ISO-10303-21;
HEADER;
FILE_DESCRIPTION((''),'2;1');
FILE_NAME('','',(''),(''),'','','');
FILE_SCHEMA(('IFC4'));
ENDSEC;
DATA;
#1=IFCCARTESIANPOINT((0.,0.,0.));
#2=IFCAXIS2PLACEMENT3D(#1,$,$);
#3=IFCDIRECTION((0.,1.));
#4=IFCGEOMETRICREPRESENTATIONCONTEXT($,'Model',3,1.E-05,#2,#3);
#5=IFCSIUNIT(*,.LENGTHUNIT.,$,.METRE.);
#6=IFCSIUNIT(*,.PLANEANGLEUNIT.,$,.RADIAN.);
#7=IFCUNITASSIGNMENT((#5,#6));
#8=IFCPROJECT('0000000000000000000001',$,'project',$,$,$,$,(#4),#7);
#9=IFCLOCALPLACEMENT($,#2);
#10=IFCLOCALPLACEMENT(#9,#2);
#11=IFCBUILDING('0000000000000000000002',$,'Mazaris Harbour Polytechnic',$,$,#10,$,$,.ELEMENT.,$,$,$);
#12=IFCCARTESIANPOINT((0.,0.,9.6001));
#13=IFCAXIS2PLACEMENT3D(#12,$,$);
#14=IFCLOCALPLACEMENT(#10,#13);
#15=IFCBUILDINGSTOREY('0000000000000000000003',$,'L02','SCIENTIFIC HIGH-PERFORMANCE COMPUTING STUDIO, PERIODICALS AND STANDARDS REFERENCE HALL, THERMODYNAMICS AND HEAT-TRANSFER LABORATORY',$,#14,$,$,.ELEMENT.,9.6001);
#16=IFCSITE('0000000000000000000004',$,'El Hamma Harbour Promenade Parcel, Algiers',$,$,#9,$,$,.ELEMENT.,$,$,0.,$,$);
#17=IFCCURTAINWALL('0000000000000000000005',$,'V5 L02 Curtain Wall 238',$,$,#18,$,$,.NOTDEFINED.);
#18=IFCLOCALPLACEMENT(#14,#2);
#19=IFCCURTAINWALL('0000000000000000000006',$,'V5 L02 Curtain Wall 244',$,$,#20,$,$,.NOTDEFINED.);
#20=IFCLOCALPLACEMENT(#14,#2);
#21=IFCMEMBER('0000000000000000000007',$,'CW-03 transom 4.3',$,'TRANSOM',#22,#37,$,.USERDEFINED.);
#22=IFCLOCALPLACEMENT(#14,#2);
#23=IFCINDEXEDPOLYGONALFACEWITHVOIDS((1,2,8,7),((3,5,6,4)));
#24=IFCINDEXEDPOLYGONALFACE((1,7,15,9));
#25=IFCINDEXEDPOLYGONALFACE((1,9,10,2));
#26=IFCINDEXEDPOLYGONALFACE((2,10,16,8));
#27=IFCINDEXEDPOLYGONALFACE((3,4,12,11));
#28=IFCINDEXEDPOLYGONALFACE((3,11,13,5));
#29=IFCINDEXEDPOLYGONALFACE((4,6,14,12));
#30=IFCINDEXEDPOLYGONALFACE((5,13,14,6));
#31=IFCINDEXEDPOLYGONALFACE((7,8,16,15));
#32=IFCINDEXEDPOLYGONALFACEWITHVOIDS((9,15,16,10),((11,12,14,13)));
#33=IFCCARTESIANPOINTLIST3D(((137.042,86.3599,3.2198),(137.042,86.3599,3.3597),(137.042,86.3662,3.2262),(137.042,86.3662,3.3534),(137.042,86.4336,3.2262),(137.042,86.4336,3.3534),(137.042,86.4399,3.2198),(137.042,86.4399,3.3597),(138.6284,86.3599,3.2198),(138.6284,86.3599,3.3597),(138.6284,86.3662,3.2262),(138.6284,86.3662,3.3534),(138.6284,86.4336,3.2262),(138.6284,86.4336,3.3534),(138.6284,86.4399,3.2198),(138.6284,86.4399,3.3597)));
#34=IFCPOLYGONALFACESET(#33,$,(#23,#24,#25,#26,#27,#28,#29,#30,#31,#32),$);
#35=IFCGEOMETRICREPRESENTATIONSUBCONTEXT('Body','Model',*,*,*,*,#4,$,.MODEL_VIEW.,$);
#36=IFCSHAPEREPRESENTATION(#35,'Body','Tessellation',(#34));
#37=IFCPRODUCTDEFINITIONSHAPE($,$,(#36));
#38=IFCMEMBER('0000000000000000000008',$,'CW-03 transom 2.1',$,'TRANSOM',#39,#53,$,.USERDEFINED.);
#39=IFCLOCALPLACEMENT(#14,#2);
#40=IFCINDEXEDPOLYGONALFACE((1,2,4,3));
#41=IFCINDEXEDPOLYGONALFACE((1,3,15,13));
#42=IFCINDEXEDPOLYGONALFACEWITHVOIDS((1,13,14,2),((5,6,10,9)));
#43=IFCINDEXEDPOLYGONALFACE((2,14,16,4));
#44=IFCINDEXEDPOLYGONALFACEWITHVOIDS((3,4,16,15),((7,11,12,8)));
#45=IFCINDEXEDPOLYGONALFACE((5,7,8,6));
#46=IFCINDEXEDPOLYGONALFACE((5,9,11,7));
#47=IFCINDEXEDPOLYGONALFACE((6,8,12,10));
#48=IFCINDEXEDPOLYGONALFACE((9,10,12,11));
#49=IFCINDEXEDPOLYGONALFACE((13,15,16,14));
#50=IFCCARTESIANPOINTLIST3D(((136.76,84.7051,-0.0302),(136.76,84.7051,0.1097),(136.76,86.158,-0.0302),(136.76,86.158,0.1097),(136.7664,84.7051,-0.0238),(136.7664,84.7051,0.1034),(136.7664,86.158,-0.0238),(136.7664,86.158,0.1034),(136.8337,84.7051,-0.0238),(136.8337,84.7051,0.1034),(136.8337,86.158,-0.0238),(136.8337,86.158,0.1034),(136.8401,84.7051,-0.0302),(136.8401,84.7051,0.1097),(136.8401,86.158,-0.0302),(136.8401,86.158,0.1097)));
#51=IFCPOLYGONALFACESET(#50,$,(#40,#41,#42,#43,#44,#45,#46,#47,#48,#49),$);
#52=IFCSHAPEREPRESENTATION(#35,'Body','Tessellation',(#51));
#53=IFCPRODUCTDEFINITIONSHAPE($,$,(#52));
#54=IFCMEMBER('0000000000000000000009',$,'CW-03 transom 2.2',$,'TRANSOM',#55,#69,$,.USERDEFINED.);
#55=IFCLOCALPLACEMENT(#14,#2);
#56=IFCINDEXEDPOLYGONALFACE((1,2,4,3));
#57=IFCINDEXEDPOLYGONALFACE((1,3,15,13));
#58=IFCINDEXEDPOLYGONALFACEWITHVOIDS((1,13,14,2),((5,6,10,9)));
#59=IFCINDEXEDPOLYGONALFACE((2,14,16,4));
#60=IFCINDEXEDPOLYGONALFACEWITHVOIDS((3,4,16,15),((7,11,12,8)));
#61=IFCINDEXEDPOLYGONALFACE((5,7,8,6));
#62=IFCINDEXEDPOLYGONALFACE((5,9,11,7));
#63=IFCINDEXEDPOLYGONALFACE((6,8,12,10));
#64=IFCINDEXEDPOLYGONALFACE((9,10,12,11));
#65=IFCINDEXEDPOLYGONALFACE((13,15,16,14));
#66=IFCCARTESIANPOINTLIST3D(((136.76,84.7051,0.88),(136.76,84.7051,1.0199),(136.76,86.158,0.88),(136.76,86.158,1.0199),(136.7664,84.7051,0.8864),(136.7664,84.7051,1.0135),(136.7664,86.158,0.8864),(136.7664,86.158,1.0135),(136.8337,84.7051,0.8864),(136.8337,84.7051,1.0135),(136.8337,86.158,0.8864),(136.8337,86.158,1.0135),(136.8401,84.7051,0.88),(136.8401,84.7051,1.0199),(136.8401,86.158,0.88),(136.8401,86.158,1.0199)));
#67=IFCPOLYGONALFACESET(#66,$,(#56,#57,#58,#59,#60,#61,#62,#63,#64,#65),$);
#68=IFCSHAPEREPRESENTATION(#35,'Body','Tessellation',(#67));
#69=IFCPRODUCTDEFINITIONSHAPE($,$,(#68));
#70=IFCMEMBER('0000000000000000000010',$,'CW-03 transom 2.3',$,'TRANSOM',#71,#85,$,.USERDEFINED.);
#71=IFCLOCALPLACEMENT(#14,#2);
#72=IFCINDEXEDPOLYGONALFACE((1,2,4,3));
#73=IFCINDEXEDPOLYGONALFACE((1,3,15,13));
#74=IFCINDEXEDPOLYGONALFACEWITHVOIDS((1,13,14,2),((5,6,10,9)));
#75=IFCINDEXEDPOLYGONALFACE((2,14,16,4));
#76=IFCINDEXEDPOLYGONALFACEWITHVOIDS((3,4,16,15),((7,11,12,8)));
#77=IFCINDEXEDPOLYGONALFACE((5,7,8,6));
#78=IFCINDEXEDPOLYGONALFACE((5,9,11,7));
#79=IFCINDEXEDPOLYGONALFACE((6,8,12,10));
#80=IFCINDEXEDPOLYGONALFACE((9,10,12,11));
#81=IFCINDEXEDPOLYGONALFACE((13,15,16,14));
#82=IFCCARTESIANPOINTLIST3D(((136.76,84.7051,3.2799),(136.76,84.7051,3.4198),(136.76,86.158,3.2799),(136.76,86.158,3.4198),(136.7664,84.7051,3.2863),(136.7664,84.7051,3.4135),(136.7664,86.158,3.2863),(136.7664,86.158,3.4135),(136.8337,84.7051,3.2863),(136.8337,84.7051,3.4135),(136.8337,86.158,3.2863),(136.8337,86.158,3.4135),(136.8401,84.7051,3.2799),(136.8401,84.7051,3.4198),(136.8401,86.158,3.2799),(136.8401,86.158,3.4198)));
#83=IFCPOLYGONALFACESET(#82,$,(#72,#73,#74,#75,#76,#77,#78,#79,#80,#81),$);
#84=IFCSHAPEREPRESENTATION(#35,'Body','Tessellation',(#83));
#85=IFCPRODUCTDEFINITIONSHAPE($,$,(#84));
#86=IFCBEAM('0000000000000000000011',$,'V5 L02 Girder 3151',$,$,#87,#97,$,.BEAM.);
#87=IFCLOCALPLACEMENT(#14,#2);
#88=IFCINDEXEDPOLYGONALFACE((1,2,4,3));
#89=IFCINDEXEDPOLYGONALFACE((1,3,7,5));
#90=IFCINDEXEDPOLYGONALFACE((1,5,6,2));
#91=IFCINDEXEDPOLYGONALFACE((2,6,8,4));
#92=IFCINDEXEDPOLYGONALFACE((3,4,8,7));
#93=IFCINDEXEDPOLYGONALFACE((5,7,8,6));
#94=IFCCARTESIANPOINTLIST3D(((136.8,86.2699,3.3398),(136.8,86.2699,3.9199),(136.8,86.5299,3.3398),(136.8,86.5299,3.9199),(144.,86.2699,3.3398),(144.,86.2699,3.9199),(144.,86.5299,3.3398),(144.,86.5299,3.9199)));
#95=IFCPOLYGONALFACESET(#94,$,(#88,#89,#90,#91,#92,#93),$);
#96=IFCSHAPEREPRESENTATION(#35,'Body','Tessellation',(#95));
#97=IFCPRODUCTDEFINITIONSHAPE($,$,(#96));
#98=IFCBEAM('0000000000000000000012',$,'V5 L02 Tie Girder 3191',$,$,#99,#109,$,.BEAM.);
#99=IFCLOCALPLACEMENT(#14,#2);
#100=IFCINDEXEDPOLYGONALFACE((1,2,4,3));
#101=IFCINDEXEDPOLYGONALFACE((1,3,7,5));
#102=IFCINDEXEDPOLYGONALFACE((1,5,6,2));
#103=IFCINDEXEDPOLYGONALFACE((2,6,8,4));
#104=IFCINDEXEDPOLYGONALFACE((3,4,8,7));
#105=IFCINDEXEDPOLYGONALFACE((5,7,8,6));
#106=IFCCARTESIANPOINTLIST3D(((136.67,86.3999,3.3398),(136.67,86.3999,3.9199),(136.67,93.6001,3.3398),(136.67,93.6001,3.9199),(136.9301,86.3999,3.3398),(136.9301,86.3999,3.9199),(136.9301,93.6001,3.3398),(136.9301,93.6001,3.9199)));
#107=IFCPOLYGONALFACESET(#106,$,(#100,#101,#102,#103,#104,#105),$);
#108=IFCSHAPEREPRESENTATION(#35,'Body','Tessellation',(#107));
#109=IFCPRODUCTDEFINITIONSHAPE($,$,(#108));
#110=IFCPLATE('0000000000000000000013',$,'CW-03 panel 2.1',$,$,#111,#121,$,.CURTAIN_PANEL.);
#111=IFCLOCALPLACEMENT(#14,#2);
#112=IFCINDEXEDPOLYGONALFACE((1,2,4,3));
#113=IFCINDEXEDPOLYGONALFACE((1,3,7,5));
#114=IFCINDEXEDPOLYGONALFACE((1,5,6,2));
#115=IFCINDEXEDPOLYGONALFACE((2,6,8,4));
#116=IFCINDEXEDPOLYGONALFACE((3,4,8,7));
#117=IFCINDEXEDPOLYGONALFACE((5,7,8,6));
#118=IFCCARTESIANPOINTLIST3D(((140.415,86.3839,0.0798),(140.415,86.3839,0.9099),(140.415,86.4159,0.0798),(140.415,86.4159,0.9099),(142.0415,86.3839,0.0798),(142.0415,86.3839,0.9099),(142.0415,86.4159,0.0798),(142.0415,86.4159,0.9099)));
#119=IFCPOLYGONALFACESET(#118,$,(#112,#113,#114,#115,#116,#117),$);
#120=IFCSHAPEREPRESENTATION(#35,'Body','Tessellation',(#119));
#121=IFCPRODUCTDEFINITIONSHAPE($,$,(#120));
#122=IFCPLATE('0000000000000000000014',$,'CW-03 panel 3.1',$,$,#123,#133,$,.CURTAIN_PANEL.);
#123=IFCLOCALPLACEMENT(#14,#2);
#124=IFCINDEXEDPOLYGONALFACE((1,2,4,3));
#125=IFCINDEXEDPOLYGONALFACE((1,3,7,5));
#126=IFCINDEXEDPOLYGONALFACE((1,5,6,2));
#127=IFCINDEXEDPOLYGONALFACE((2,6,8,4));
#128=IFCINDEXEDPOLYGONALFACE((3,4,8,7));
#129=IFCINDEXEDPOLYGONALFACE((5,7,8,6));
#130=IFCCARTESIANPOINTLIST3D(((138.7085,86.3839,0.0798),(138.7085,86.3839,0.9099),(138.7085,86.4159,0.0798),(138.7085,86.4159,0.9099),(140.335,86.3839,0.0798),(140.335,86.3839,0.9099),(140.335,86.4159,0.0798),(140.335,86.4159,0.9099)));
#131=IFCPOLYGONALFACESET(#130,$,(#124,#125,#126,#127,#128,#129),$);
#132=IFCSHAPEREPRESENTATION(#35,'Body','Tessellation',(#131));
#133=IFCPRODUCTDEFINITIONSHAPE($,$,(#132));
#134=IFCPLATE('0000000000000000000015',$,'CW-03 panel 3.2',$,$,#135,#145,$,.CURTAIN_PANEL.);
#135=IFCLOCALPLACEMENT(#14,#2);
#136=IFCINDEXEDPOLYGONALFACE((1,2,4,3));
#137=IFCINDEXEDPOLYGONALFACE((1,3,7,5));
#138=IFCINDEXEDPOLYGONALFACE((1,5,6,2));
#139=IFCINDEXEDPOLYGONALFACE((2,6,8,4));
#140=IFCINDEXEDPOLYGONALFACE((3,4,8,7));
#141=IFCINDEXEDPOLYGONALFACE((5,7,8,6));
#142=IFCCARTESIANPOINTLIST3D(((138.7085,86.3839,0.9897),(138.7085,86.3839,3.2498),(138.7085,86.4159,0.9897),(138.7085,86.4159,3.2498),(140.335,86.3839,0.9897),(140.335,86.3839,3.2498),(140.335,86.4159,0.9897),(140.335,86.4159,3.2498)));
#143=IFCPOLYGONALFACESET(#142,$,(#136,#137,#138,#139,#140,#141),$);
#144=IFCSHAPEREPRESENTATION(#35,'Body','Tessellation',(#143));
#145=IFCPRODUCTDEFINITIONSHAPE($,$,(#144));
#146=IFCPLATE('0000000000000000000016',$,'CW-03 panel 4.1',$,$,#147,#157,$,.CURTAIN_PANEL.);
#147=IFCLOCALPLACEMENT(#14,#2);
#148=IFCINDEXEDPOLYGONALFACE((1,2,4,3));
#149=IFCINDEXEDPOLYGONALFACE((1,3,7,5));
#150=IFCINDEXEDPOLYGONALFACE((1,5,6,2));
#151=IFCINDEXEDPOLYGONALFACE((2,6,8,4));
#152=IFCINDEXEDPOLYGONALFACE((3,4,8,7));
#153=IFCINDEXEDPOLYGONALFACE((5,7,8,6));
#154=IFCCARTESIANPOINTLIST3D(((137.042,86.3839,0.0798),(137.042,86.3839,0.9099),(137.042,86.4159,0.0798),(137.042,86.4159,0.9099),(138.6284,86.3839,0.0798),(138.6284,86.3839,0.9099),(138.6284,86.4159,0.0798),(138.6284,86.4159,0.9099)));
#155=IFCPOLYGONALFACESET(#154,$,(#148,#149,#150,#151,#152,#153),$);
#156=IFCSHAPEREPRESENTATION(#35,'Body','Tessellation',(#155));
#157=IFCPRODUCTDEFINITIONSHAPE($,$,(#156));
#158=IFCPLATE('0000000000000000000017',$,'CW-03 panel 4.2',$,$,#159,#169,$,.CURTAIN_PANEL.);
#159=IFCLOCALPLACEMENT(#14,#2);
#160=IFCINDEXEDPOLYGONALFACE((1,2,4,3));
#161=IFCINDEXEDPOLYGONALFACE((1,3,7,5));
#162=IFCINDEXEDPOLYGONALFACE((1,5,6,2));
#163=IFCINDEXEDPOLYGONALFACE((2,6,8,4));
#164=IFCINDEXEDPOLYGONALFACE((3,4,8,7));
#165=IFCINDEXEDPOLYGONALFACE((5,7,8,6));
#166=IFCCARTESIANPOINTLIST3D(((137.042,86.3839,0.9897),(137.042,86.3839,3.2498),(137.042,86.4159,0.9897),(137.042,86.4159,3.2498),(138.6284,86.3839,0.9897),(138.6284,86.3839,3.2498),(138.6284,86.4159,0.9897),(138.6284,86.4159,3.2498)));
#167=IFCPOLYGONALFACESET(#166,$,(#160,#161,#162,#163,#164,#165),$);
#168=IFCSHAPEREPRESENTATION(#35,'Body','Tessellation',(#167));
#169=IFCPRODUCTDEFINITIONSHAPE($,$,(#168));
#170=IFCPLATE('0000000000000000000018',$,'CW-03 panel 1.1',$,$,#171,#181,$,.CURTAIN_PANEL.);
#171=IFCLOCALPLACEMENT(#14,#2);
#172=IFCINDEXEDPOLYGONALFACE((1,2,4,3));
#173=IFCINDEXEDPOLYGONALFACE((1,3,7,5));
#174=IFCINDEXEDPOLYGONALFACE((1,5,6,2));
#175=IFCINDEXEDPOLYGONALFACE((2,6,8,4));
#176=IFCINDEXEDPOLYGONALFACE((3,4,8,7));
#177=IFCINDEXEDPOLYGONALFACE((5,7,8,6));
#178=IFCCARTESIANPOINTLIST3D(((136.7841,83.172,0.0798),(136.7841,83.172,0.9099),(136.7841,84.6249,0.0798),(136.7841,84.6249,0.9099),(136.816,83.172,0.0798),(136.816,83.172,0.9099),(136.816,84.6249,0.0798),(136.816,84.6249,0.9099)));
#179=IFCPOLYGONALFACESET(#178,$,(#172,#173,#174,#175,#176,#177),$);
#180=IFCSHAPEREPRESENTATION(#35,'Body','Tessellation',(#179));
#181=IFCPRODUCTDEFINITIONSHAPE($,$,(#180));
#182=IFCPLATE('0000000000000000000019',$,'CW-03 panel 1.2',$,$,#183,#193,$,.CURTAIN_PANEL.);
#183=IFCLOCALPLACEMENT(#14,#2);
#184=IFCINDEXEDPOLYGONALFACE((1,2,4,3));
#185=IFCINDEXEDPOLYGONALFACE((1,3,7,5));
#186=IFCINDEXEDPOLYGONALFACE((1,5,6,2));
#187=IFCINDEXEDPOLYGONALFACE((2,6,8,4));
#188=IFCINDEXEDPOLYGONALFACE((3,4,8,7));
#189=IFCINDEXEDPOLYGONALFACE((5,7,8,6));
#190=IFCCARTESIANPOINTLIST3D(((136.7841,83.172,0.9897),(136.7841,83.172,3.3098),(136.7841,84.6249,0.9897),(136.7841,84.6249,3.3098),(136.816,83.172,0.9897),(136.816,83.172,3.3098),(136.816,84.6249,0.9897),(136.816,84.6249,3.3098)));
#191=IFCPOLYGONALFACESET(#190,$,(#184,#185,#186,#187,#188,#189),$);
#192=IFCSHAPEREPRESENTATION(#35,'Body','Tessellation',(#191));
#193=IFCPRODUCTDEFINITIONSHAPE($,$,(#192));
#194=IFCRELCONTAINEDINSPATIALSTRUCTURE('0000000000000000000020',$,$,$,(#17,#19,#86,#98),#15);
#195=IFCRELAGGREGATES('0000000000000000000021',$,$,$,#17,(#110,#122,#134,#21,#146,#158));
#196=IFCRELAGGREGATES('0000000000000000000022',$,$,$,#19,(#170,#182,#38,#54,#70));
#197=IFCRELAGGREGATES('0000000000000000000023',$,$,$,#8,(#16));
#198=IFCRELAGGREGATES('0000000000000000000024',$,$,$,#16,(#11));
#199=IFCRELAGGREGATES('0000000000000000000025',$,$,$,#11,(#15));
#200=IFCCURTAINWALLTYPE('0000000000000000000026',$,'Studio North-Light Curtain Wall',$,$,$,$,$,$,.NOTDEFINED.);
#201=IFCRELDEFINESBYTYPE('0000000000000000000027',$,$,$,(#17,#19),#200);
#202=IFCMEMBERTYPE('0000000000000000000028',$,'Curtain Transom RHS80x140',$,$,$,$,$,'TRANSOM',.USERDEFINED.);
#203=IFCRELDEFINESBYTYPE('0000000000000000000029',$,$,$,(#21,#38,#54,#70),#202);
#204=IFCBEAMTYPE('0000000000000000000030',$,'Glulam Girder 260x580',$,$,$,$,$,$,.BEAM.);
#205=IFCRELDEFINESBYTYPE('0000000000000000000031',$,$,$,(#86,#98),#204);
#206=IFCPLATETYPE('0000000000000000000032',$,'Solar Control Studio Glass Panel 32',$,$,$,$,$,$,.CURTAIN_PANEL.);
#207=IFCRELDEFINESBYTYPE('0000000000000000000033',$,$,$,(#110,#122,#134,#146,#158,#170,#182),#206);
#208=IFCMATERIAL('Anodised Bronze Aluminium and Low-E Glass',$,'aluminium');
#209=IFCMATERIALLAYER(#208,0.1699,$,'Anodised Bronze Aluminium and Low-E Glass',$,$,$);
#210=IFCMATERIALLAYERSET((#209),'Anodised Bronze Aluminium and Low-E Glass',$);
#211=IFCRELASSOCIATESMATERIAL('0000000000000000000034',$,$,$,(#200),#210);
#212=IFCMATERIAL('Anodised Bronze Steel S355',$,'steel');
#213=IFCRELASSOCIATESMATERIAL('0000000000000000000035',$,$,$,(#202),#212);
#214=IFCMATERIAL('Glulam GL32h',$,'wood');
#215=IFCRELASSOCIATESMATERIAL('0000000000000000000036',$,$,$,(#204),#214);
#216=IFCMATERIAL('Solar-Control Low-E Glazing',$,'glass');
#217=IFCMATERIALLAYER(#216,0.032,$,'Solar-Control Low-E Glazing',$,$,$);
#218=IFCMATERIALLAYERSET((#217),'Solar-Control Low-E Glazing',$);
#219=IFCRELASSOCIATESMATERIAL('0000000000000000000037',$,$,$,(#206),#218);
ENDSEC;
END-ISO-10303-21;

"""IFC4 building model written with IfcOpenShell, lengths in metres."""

from ifc_helpers import new_model, si_unit, direction, frame, origin, origin_2d, place, context, subcontext, project, spatial, rectangle, hollow_rectangle, extrude, material, layer, layer_set, material_profile, profile_set, type_object, element, aggregate, save


model = new_model("IFC4")

# Units and contexts
model_context = context("Model", 3, precision=1e-05, world=origin(), true_north=direction((0.0, 1.0)))
body_context = subcontext(model_context, "Body", "Model", "MODEL_VIEW")
ifc_project = project(units=[si_unit("LENGTHUNIT", "METRE"), si_unit("PLANEANGLEUNIT", "RADIAN")], contexts=[model_context])

# Site, building, storey
site_placement = place(None, origin())
site = spatial("IfcSite", under=ifc_project, at=site_placement, Name="El Hamma Harbour Promenade Parcel, Algiers", CompositionType="ELEMENT", RefElevation=0.0)
building_placement = place(site_placement, origin())
building = spatial("IfcBuilding", under=site, at=building_placement, Name="Mazaris Harbour Polytechnic", CompositionType="ELEMENT")
storey_placement = place(building_placement, frame((0.0, 0.0, 9.6001)))
storey = spatial("IfcBuildingStorey", under=building, at=storey_placement, Name="L02", Description="SCIENTIFIC HIGH-PERFORMANCE COMPUTING STUDIO, PERIODICALS AND STANDARDS REFERENCE HALL, THERMODYNAMICS AND HEAT-TRANSFER LABORATORY", CompositionType="ELEMENT", Elevation=9.6001)

# Curtain walls
ifc_material_1 = material(Name="Anodised Bronze Aluminium and Low-E Glass", Category="aluminium")
ifc_layer_1 = layer(ifc_material_1, 0.1699, Name="Anodised Bronze Aluminium and Low-E Glass")
ifc_layer_set_1 = layer_set([ifc_layer_1], Name="Anodised Bronze Aluminium and Low-E Glass")
curtain_wall_type = type_object("IfcCurtainWallType", Name="Studio North-Light Curtain Wall", PredefinedType="NOTDEFINED", material=ifc_layer_set_1)
curtain_wall_1_placement = place(storey_placement, origin())
curtain_wall_1 = element("IfcCurtainWall", 1, at=curtain_wall_1_placement, inside=storey, type_object=curtain_wall_type, Name="V5 L02 Curtain Wall 238", PredefinedType="NOTDEFINED")
curtain_wall_2_placement = place(storey_placement, origin())
curtain_wall_2 = element("IfcCurtainWall", 2, at=curtain_wall_2_placement, inside=storey, type_object=curtain_wall_type, Name="V5 L02 Curtain Wall 244", PredefinedType="NOTDEFINED")

# Members
ifc_material_2 = material(Name="Anodised Bronze Steel S355", Category="steel")
ifc_material_profile_1 = material_profile(ifc_material_2, hollow_rectangle(XDim=0.0801, YDim=0.1399, WallThickness=0.0063, at=origin_2d()), Name="RHS 80x140x6.3")
ifc_profile_set_1 = profile_set([ifc_material_profile_1], Name="Anodised Bronze Steel S355")
member_type_1 = type_object("IfcMemberType", Name="Curtain Transom RHS80x140", ElementType="TRANSOM", PredefinedType="USERDEFINED", material=ifc_profile_set_1)
member_1_placement = place(storey_placement, frame((138.6284, 86.3999, 3.2898), z_axis=(-1.0, 0.0, 0.0), x_axis=(0.0, -1.0, 0.0)))
member_1 = element("IfcMember", 3, at=member_1_placement, type_object=member_type_1, Name="CW-03 transom 4.3", ObjectType="TRANSOM", PredefinedType="USERDEFINED", context=body_context, shape_type="SweptSolid", body=[
    extrude(hollow_rectangle(XDim=0.0801, YDim=0.1399, WallThickness=0.0063, at=origin_2d()), origin(), (0.0, 0.0, 1.0), 1.5864),
])
member_2_placement = place(storey_placement, frame((136.8, 84.7051, 0.0398), z_axis=(0.0, 1.0, 0.0), x_axis=(-1.0, 0.0, 0.0)))
member_2 = element("IfcMember", 4, at=member_2_placement, type_object=member_type_1, Name="CW-03 transom 2.1", ObjectType="TRANSOM", PredefinedType="USERDEFINED", context=body_context, shape_type="SweptSolid", body=[
    extrude(hollow_rectangle(XDim=0.0801, YDim=0.1399, WallThickness=0.0063, at=origin_2d()), origin(), (0.0, 0.0, 1.0), 1.4529),
])
member_3_placement = place(storey_placement, frame((136.8, 84.7051, 0.95), z_axis=(0.0, 1.0, 0.0), x_axis=(-1.0, 0.0, 0.0)))
member_3 = element("IfcMember", 5, at=member_3_placement, type_object=member_type_1, Name="CW-03 transom 2.2", ObjectType="TRANSOM", PredefinedType="USERDEFINED", context=body_context, shape_type="SweptSolid", body=[
    extrude(hollow_rectangle(XDim=0.0801, YDim=0.1399, WallThickness=0.0063, at=origin_2d()), origin(), (0.0, 0.0, 1.0), 1.4529),
])
member_4_placement = place(storey_placement, frame((136.8, 84.7051, 3.3499), z_axis=(0.0, 1.0, 0.0), x_axis=(-1.0, 0.0, 0.0)))
member_4 = element("IfcMember", 6, at=member_4_placement, type_object=member_type_1, Name="CW-03 transom 2.3", ObjectType="TRANSOM", PredefinedType="USERDEFINED", context=body_context, shape_type="SweptSolid", body=[
    extrude(hollow_rectangle(XDim=0.0801, YDim=0.1399, WallThickness=0.0063, at=origin_2d()), origin(), (0.0, 0.0, 1.0), 1.4529),
])

# Beams
ifc_material_3 = material(Name="Glulam GL32h", Category="wood")
ifc_material_profile_2 = material_profile(ifc_material_3, rectangle(XDim=0.26, YDim=0.5801, at=origin_2d()), Name="RECT260x580")
ifc_profile_set_2 = profile_set([ifc_material_profile_2], Name="Glulam GL32h")
beam_type = type_object("IfcBeamType", Name="Glulam Girder 260x580", PredefinedType="BEAM", material=ifc_profile_set_2)
beam_1_placement = place(storey_placement, frame((136.8, 86.3999, 3.6299), z_axis=(1.0, 0.0, 0.0), x_axis=(0.0, 1.0, 0.0)))
element("IfcBeam", 7, at=beam_1_placement, inside=storey, type_object=beam_type, Name="V5 L02 Girder 3151", PredefinedType="BEAM", context=body_context, shape_type="SweptSolid", body=[
    extrude(rectangle(XDim=0.26, YDim=0.5801, at=origin_2d()), origin(), (0.0, 0.0, 1.0), 7.2),
])
beam_2_placement = place(storey_placement, frame((136.8, 86.3999, 3.6299), z_axis=(0.0, 1.0, 0.0), x_axis=(-1.0, 0.0, 0.0)))
element("IfcBeam", 8, at=beam_2_placement, inside=storey, type_object=beam_type, Name="V5 L02 Tie Girder 3191", PredefinedType="BEAM", context=body_context, shape_type="SweptSolid", body=[
    extrude(rectangle(XDim=0.26, YDim=0.5801, at=origin_2d()), origin(), (0.0, 0.0, 1.0), 7.2002),
])

# Plates
ifc_material_4 = material(Name="Solar-Control Low-E Glazing", Category="glass")
ifc_layer_2 = layer(ifc_material_4, 0.032, Name="Solar-Control Low-E Glazing")
ifc_layer_set_2 = layer_set([ifc_layer_2], Name="Solar-Control Low-E Glazing")
plate_type = type_object("IfcPlateType", Name="Solar Control Studio Glass Panel 32", PredefinedType="CURTAIN_PANEL", material=ifc_layer_set_2)
plate_1_placement = place(storey_placement, frame((141.2283, 86.3999, 0.0798), z_axis=(0.0, 0.0, 1.0), x_axis=(-1.0, 0.0, 0.0)))
plate_1 = element("IfcPlate", 9, at=plate_1_placement, type_object=plate_type, Name="CW-03 panel 2.1", PredefinedType="CURTAIN_PANEL", context=body_context, shape_type="SweptSolid", body=[
    extrude(rectangle(XDim=1.6265, YDim=0.032, at=origin_2d()), origin(), (0.0, 0.0, 1.0), 0.8301),
])
plate_2_placement = place(storey_placement, frame((139.5217, 86.3999, 0.0798), z_axis=(0.0, 0.0, 1.0), x_axis=(-1.0, 0.0, 0.0)))
plate_2 = element("IfcPlate", 10, at=plate_2_placement, type_object=plate_type, Name="CW-03 panel 3.1", PredefinedType="CURTAIN_PANEL", context=body_context, shape_type="SweptSolid", body=[
    extrude(rectangle(XDim=1.6265, YDim=0.032, at=origin_2d()), origin(), (0.0, 0.0, 1.0), 0.8301),
])
plate_3_placement = place(storey_placement, frame((139.5217, 86.3999, 0.9897), z_axis=(0.0, 0.0, 1.0), x_axis=(-1.0, 0.0, 0.0)))
plate_3 = element("IfcPlate", 11, at=plate_3_placement, type_object=plate_type, Name="CW-03 panel 3.2", PredefinedType="CURTAIN_PANEL", context=body_context, shape_type="SweptSolid", body=[
    extrude(rectangle(XDim=1.6265, YDim=0.032, at=origin_2d()), origin(), (0.0, 0.0, 1.0), 2.26),
])
plate_4_placement = place(storey_placement, frame((137.8352, 86.3999, 0.0798), z_axis=(0.0, 0.0, 1.0), x_axis=(-1.0, 0.0, 0.0)))
plate_4 = element("IfcPlate", 12, at=plate_4_placement, type_object=plate_type, Name="CW-03 panel 4.1", PredefinedType="CURTAIN_PANEL", context=body_context, shape_type="SweptSolid", body=[
    extrude(rectangle(XDim=1.5864, YDim=0.032, at=origin_2d()), origin(), (0.0, 0.0, 1.0), 0.8301),
])
plate_5_placement = place(storey_placement, frame((137.8352, 86.3999, 0.9897), z_axis=(0.0, 0.0, 1.0), x_axis=(-1.0, 0.0, 0.0)))
plate_5 = element("IfcPlate", 13, at=plate_5_placement, type_object=plate_type, Name="CW-03 panel 4.2", PredefinedType="CURTAIN_PANEL", context=body_context, shape_type="SweptSolid", body=[
    extrude(rectangle(XDim=1.5864, YDim=0.032, at=origin_2d()), origin(), (0.0, 0.0, 1.0), 2.26),
])
aggregate(curtain_wall_1, [plate_1, plate_2, plate_3, member_1, plate_4, plate_5])
plate_6_placement = place(storey_placement, frame((136.8, 83.8984, 0.0798), z_axis=(0.0, 0.0, 1.0), x_axis=(0.0, 1.0, 0.0)))
plate_6 = element("IfcPlate", 14, at=plate_6_placement, type_object=plate_type, Name="CW-03 panel 1.1", PredefinedType="CURTAIN_PANEL", context=body_context, shape_type="SweptSolid", body=[
    extrude(rectangle(XDim=1.4529, YDim=0.032, at=origin_2d()), origin(), (0.0, 0.0, 1.0), 0.8301),
])
plate_7_placement = place(storey_placement, frame((136.8, 83.8984, 0.9897), z_axis=(0.0, 0.0, 1.0), x_axis=(0.0, 1.0, 0.0)))
plate_7 = element("IfcPlate", 15, at=plate_7_placement, type_object=plate_type, Name="CW-03 panel 1.2", PredefinedType="CURTAIN_PANEL", context=body_context, shape_type="SweptSolid", body=[
    extrude(rectangle(XDim=1.4529, YDim=0.032, at=origin_2d()), origin(), (0.0, 0.0, 1.0), 2.3201),
])
aggregate(curtain_wall_2, [plate_6, plate_7, member_2, member_3, member_4])

save(model, "model.ifc")
